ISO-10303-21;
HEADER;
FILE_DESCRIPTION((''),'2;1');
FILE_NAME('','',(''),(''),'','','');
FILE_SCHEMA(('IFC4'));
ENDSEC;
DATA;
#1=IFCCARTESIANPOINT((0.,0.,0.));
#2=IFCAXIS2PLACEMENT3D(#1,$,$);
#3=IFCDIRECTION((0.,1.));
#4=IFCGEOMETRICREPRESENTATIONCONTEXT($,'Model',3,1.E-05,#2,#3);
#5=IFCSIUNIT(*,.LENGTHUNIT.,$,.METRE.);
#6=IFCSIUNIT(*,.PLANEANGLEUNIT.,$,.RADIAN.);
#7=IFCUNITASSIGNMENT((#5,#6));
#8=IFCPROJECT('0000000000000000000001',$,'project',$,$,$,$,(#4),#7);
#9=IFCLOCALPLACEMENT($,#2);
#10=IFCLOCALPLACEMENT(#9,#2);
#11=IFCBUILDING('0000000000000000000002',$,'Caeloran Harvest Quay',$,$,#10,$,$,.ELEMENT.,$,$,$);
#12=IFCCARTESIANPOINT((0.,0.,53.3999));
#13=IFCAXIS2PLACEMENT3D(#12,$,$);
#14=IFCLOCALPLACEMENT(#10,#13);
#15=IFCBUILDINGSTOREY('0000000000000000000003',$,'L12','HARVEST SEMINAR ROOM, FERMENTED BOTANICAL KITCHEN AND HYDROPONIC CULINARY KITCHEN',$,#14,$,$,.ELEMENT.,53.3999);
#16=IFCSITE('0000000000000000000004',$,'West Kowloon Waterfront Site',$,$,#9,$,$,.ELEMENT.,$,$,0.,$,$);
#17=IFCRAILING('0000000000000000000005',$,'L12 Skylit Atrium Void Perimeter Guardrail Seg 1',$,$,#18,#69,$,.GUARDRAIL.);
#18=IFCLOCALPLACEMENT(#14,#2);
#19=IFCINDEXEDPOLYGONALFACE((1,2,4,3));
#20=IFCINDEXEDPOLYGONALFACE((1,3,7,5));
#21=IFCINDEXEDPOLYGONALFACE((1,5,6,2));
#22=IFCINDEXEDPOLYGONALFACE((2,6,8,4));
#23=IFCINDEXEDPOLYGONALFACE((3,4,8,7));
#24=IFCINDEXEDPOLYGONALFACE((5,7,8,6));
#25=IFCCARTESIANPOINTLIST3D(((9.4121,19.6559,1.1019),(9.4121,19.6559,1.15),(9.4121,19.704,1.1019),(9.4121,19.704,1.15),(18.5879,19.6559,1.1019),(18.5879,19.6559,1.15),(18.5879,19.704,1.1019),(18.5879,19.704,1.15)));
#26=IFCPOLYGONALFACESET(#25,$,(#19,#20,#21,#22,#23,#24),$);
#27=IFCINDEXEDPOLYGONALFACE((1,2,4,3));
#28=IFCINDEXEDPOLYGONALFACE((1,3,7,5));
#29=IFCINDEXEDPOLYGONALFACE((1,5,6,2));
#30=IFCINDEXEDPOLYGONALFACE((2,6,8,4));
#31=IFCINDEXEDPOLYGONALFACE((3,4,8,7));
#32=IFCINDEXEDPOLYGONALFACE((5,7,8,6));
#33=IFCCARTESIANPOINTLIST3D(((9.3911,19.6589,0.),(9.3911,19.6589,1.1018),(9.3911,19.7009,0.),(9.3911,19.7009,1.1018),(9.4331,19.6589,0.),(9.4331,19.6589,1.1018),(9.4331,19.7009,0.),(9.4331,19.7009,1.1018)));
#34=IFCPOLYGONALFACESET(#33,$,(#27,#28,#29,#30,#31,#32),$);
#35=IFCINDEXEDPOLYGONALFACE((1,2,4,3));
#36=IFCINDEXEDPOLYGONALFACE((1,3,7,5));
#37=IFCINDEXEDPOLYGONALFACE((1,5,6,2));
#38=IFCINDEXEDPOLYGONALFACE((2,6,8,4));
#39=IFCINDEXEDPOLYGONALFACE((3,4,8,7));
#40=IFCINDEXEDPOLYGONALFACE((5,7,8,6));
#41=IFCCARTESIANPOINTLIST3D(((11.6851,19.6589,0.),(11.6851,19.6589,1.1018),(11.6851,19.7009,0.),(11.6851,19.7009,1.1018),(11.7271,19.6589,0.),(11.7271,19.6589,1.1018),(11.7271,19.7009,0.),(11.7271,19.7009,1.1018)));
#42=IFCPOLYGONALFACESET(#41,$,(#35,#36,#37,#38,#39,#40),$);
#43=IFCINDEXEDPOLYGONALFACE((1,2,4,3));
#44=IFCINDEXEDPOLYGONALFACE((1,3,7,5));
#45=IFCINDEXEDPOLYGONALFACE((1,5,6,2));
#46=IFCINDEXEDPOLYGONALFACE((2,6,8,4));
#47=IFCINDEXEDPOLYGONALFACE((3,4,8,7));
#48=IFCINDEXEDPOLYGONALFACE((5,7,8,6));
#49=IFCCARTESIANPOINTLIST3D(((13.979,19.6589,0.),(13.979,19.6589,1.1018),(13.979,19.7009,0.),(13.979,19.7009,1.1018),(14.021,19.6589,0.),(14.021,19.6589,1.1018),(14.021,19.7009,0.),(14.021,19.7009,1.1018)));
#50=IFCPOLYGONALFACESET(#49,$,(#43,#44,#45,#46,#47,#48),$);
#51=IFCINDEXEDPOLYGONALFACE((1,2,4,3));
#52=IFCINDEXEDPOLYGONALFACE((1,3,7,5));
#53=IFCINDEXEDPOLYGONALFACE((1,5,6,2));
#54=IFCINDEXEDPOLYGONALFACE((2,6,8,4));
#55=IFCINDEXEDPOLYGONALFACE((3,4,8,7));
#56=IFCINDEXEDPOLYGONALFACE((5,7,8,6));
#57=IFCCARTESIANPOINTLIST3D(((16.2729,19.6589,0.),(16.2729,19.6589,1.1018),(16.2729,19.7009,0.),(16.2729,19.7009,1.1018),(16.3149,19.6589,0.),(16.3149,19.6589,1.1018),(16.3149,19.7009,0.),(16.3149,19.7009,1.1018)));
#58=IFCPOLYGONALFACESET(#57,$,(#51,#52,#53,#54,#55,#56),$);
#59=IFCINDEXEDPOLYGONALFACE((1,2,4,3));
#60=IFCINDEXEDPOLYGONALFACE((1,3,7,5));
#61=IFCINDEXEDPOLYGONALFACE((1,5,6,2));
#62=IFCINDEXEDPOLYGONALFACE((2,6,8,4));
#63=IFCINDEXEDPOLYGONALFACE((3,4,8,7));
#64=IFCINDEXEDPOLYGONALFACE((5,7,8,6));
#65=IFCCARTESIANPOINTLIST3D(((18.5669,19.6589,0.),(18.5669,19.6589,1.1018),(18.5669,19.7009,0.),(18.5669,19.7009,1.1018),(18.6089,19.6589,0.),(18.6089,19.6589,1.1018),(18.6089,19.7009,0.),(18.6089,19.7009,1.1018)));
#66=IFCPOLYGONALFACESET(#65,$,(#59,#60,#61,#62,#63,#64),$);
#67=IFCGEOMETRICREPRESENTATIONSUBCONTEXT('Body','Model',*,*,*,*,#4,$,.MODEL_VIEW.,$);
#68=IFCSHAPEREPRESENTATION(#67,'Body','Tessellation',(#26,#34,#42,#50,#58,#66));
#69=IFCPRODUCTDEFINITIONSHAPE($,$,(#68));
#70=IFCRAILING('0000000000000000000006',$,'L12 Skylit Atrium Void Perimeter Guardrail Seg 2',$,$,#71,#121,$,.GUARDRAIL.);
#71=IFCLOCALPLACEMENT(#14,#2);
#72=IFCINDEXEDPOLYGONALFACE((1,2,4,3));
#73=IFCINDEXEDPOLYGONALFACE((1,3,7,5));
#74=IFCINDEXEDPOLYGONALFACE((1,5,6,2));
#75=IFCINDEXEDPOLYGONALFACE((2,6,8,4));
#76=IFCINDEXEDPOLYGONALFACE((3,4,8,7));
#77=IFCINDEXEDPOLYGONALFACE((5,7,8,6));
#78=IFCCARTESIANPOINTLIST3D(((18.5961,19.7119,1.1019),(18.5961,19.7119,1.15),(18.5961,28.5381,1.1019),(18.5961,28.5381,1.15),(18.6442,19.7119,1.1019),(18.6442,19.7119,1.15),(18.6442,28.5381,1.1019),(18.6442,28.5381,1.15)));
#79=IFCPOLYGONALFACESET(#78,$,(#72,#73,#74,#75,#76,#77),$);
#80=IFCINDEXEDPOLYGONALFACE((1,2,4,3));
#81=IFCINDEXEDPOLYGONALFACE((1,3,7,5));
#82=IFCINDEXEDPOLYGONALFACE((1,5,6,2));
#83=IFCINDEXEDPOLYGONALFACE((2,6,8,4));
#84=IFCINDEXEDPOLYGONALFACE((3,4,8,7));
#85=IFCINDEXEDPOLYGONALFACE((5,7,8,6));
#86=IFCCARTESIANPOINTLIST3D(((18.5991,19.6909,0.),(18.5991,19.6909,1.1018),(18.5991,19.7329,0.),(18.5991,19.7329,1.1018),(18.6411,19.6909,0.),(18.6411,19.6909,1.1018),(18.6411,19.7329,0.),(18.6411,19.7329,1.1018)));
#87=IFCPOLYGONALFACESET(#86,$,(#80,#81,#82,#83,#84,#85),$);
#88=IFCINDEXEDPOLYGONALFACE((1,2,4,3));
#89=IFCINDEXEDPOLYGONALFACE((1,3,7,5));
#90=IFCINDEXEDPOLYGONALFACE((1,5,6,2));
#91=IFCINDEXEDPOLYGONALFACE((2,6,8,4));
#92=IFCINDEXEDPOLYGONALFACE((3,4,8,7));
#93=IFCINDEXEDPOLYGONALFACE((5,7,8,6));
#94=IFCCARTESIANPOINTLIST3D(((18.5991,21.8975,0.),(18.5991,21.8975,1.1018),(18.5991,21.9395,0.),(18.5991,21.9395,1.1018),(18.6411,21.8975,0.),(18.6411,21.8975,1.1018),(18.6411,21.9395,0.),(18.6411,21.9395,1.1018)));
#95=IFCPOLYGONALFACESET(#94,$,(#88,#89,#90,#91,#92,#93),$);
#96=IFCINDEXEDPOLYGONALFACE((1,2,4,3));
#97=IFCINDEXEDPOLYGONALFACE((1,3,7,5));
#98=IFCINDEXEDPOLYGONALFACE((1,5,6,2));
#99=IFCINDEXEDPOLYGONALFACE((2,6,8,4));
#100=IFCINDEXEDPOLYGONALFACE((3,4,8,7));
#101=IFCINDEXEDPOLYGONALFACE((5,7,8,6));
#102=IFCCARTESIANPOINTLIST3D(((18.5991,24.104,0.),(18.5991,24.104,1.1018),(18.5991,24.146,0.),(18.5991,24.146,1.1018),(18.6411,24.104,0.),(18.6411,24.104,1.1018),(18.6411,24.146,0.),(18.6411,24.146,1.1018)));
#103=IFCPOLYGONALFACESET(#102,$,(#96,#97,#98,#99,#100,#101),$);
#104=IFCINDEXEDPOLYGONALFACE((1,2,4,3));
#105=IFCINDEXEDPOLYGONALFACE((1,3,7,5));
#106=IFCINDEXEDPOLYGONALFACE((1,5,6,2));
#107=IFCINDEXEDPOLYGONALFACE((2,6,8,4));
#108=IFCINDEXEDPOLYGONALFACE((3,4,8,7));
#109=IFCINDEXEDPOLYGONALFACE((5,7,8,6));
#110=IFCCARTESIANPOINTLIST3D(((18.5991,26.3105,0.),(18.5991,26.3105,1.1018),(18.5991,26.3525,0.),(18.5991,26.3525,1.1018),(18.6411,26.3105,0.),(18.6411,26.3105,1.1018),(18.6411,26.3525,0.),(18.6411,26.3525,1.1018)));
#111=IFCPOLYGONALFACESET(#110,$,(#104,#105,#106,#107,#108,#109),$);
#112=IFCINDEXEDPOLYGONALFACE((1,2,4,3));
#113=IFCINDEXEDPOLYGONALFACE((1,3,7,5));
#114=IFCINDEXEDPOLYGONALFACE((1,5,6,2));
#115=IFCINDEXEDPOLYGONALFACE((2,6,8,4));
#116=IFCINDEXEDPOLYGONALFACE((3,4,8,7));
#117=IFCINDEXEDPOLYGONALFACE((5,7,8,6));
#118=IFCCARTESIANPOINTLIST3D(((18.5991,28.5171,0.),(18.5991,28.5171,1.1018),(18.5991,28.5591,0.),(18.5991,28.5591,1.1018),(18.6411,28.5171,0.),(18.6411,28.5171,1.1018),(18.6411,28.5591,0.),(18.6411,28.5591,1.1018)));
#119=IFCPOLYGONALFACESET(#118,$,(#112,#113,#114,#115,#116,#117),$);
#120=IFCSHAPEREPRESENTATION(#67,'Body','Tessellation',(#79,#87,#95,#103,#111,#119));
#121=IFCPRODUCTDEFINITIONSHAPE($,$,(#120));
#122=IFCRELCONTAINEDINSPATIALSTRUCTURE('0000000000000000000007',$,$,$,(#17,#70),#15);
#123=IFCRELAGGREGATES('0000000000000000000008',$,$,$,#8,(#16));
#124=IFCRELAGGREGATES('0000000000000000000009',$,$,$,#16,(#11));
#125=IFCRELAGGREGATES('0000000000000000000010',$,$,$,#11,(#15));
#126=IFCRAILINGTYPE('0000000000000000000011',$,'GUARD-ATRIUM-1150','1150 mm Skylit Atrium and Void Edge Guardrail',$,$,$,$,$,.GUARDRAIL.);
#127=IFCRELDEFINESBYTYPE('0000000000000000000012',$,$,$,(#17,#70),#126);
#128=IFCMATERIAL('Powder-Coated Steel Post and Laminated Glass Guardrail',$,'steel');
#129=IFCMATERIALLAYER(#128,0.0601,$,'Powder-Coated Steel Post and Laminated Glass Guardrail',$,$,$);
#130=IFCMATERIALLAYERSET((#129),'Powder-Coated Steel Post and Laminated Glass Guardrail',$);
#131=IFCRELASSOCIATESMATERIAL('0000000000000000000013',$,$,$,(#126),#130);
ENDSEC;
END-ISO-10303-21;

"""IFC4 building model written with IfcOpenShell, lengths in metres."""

from ifc_helpers import new_model, si_unit, direction, frame, origin, origin_2d, place, context, subcontext, project, spatial, rectangle, extrude, material, layer, layer_set, type_object, element, save


model = new_model("IFC4")

# Units and contexts
model_context = context("Model", 3, precision=1e-05, world=origin(), true_north=direction((0.0, 1.0)))
body_context = subcontext(model_context, "Body", "Model", "MODEL_VIEW")
ifc_project = project(units=[si_unit("LENGTHUNIT", "METRE"), si_unit("PLANEANGLEUNIT", "RADIAN")], contexts=[model_context])

# Site, building, storey
site_placement = place(None, origin())
site = spatial("IfcSite", under=ifc_project, at=site_placement, Name="West Kowloon Waterfront Site", CompositionType="ELEMENT", RefElevation=0.0)
building_placement = place(site_placement, origin())
building = spatial("IfcBuilding", under=site, at=building_placement, Name="Caeloran Harvest Quay", CompositionType="ELEMENT")
storey_placement = place(building_placement, frame((0.0, 0.0, 53.3999)))
storey = spatial("IfcBuildingStorey", under=building, at=storey_placement, Name="L12", Description="HARVEST SEMINAR ROOM, FERMENTED BOTANICAL KITCHEN AND HYDROPONIC CULINARY KITCHEN", CompositionType="ELEMENT", Elevation=53.3999)

# Railings
ifc_material_1 = material(Name="Powder-Coated Steel Post and Laminated Glass Guardrail", Category="steel")
ifc_layer_1 = layer(ifc_material_1, 0.0601, Name="Powder-Coated Steel Post and Laminated Glass Guardrail")
ifc_layer_set_1 = layer_set([ifc_layer_1], Name="Powder-Coated Steel Post and Laminated Glass Guardrail")
railing_type = type_object("IfcRailingType", Name="GUARD-ATRIUM-1150", Description="1150 mm Skylit Atrium and Void Edge Guardrail", PredefinedType="GUARDRAIL", material=ifc_layer_set_1)
railing_1_placement = place(storey_placement, frame((9.4121, 19.6799, 0.0)))
element("IfcRailing", 1, at=railing_1_placement, inside=storey, type_object=railing_type, Name="L12 Skylit Atrium Void Perimeter Guardrail Seg 1", PredefinedType="GUARDRAIL", context=body_context, shape_type="SweptSolid", body=[
    extrude(rectangle(XDim=0.0481, YDim=0.0481, at=origin_2d()), frame((0.0, 0.0, 1.126), z_axis=(1.0, 0.0, 0.0), x_axis=(0.0, 1.0, 0.0)), (0.0, 0.0, 1.0), 9.1758),
    extrude(rectangle(XDim=0.042, YDim=0.042, at=origin_2d()), origin(), (0.0, 0.0, 1.0), 1.1018),
    extrude(rectangle(XDim=0.042, YDim=0.042, at=origin_2d()), frame((2.2939, 0.0, 0.0)), (0.0, 0.0, 1.0), 1.1018),
    extrude(rectangle(XDim=0.042, YDim=0.042, at=origin_2d()), frame((4.5879, 0.0, 0.0)), (0.0, 0.0, 1.0), 1.1018),
    extrude(rectangle(XDim=0.042, YDim=0.042, at=origin_2d()), frame((6.8818, 0.0, 0.0)), (0.0, 0.0, 1.0), 1.1018),
    extrude(rectangle(XDim=0.042, YDim=0.042, at=origin_2d()), frame((9.1758, 0.0, 0.0)), (0.0, 0.0, 1.0), 1.1018),
])
railing_2_placement = place(storey_placement, frame((18.6201, 19.7119, 0.0)))
element("IfcRailing", 2, at=railing_2_placement, inside=storey, type_object=railing_type, Name="L12 Skylit Atrium Void Perimeter Guardrail Seg 2", PredefinedType="GUARDRAIL", context=body_context, shape_type="SweptSolid", body=[
    extrude(rectangle(XDim=0.0481, YDim=0.0481, at=origin_2d()), frame((0.0, 0.0, 1.126), z_axis=(0.0, 1.0, 0.0), x_axis=(-1.0, 0.0, 0.0)), (0.0, 0.0, 1.0), 8.8262),
    extrude(rectangle(XDim=0.042, YDim=0.042, at=origin_2d()), origin(), (0.0, 0.0, 1.0), 1.1018),
    extrude(rectangle(XDim=0.042, YDim=0.042, at=origin_2d()), frame((0.0, 2.2065, 0.0)), (0.0, 0.0, 1.0), 1.1018),
    extrude(rectangle(XDim=0.042, YDim=0.042, at=origin_2d()), frame((0.0, 4.4131, 0.0)), (0.0, 0.0, 1.0), 1.1018),
    extrude(rectangle(XDim=0.042, YDim=0.042, at=origin_2d()), frame((0.0, 6.6196, 0.0)), (0.0, 0.0, 1.0), 1.1018),
    extrude(rectangle(XDim=0.042, YDim=0.042, at=origin_2d()), frame((0.0, 8.8262, 0.0)), (0.0, 0.0, 1.0), 1.1018),
])

save(model, "model.ifc")
